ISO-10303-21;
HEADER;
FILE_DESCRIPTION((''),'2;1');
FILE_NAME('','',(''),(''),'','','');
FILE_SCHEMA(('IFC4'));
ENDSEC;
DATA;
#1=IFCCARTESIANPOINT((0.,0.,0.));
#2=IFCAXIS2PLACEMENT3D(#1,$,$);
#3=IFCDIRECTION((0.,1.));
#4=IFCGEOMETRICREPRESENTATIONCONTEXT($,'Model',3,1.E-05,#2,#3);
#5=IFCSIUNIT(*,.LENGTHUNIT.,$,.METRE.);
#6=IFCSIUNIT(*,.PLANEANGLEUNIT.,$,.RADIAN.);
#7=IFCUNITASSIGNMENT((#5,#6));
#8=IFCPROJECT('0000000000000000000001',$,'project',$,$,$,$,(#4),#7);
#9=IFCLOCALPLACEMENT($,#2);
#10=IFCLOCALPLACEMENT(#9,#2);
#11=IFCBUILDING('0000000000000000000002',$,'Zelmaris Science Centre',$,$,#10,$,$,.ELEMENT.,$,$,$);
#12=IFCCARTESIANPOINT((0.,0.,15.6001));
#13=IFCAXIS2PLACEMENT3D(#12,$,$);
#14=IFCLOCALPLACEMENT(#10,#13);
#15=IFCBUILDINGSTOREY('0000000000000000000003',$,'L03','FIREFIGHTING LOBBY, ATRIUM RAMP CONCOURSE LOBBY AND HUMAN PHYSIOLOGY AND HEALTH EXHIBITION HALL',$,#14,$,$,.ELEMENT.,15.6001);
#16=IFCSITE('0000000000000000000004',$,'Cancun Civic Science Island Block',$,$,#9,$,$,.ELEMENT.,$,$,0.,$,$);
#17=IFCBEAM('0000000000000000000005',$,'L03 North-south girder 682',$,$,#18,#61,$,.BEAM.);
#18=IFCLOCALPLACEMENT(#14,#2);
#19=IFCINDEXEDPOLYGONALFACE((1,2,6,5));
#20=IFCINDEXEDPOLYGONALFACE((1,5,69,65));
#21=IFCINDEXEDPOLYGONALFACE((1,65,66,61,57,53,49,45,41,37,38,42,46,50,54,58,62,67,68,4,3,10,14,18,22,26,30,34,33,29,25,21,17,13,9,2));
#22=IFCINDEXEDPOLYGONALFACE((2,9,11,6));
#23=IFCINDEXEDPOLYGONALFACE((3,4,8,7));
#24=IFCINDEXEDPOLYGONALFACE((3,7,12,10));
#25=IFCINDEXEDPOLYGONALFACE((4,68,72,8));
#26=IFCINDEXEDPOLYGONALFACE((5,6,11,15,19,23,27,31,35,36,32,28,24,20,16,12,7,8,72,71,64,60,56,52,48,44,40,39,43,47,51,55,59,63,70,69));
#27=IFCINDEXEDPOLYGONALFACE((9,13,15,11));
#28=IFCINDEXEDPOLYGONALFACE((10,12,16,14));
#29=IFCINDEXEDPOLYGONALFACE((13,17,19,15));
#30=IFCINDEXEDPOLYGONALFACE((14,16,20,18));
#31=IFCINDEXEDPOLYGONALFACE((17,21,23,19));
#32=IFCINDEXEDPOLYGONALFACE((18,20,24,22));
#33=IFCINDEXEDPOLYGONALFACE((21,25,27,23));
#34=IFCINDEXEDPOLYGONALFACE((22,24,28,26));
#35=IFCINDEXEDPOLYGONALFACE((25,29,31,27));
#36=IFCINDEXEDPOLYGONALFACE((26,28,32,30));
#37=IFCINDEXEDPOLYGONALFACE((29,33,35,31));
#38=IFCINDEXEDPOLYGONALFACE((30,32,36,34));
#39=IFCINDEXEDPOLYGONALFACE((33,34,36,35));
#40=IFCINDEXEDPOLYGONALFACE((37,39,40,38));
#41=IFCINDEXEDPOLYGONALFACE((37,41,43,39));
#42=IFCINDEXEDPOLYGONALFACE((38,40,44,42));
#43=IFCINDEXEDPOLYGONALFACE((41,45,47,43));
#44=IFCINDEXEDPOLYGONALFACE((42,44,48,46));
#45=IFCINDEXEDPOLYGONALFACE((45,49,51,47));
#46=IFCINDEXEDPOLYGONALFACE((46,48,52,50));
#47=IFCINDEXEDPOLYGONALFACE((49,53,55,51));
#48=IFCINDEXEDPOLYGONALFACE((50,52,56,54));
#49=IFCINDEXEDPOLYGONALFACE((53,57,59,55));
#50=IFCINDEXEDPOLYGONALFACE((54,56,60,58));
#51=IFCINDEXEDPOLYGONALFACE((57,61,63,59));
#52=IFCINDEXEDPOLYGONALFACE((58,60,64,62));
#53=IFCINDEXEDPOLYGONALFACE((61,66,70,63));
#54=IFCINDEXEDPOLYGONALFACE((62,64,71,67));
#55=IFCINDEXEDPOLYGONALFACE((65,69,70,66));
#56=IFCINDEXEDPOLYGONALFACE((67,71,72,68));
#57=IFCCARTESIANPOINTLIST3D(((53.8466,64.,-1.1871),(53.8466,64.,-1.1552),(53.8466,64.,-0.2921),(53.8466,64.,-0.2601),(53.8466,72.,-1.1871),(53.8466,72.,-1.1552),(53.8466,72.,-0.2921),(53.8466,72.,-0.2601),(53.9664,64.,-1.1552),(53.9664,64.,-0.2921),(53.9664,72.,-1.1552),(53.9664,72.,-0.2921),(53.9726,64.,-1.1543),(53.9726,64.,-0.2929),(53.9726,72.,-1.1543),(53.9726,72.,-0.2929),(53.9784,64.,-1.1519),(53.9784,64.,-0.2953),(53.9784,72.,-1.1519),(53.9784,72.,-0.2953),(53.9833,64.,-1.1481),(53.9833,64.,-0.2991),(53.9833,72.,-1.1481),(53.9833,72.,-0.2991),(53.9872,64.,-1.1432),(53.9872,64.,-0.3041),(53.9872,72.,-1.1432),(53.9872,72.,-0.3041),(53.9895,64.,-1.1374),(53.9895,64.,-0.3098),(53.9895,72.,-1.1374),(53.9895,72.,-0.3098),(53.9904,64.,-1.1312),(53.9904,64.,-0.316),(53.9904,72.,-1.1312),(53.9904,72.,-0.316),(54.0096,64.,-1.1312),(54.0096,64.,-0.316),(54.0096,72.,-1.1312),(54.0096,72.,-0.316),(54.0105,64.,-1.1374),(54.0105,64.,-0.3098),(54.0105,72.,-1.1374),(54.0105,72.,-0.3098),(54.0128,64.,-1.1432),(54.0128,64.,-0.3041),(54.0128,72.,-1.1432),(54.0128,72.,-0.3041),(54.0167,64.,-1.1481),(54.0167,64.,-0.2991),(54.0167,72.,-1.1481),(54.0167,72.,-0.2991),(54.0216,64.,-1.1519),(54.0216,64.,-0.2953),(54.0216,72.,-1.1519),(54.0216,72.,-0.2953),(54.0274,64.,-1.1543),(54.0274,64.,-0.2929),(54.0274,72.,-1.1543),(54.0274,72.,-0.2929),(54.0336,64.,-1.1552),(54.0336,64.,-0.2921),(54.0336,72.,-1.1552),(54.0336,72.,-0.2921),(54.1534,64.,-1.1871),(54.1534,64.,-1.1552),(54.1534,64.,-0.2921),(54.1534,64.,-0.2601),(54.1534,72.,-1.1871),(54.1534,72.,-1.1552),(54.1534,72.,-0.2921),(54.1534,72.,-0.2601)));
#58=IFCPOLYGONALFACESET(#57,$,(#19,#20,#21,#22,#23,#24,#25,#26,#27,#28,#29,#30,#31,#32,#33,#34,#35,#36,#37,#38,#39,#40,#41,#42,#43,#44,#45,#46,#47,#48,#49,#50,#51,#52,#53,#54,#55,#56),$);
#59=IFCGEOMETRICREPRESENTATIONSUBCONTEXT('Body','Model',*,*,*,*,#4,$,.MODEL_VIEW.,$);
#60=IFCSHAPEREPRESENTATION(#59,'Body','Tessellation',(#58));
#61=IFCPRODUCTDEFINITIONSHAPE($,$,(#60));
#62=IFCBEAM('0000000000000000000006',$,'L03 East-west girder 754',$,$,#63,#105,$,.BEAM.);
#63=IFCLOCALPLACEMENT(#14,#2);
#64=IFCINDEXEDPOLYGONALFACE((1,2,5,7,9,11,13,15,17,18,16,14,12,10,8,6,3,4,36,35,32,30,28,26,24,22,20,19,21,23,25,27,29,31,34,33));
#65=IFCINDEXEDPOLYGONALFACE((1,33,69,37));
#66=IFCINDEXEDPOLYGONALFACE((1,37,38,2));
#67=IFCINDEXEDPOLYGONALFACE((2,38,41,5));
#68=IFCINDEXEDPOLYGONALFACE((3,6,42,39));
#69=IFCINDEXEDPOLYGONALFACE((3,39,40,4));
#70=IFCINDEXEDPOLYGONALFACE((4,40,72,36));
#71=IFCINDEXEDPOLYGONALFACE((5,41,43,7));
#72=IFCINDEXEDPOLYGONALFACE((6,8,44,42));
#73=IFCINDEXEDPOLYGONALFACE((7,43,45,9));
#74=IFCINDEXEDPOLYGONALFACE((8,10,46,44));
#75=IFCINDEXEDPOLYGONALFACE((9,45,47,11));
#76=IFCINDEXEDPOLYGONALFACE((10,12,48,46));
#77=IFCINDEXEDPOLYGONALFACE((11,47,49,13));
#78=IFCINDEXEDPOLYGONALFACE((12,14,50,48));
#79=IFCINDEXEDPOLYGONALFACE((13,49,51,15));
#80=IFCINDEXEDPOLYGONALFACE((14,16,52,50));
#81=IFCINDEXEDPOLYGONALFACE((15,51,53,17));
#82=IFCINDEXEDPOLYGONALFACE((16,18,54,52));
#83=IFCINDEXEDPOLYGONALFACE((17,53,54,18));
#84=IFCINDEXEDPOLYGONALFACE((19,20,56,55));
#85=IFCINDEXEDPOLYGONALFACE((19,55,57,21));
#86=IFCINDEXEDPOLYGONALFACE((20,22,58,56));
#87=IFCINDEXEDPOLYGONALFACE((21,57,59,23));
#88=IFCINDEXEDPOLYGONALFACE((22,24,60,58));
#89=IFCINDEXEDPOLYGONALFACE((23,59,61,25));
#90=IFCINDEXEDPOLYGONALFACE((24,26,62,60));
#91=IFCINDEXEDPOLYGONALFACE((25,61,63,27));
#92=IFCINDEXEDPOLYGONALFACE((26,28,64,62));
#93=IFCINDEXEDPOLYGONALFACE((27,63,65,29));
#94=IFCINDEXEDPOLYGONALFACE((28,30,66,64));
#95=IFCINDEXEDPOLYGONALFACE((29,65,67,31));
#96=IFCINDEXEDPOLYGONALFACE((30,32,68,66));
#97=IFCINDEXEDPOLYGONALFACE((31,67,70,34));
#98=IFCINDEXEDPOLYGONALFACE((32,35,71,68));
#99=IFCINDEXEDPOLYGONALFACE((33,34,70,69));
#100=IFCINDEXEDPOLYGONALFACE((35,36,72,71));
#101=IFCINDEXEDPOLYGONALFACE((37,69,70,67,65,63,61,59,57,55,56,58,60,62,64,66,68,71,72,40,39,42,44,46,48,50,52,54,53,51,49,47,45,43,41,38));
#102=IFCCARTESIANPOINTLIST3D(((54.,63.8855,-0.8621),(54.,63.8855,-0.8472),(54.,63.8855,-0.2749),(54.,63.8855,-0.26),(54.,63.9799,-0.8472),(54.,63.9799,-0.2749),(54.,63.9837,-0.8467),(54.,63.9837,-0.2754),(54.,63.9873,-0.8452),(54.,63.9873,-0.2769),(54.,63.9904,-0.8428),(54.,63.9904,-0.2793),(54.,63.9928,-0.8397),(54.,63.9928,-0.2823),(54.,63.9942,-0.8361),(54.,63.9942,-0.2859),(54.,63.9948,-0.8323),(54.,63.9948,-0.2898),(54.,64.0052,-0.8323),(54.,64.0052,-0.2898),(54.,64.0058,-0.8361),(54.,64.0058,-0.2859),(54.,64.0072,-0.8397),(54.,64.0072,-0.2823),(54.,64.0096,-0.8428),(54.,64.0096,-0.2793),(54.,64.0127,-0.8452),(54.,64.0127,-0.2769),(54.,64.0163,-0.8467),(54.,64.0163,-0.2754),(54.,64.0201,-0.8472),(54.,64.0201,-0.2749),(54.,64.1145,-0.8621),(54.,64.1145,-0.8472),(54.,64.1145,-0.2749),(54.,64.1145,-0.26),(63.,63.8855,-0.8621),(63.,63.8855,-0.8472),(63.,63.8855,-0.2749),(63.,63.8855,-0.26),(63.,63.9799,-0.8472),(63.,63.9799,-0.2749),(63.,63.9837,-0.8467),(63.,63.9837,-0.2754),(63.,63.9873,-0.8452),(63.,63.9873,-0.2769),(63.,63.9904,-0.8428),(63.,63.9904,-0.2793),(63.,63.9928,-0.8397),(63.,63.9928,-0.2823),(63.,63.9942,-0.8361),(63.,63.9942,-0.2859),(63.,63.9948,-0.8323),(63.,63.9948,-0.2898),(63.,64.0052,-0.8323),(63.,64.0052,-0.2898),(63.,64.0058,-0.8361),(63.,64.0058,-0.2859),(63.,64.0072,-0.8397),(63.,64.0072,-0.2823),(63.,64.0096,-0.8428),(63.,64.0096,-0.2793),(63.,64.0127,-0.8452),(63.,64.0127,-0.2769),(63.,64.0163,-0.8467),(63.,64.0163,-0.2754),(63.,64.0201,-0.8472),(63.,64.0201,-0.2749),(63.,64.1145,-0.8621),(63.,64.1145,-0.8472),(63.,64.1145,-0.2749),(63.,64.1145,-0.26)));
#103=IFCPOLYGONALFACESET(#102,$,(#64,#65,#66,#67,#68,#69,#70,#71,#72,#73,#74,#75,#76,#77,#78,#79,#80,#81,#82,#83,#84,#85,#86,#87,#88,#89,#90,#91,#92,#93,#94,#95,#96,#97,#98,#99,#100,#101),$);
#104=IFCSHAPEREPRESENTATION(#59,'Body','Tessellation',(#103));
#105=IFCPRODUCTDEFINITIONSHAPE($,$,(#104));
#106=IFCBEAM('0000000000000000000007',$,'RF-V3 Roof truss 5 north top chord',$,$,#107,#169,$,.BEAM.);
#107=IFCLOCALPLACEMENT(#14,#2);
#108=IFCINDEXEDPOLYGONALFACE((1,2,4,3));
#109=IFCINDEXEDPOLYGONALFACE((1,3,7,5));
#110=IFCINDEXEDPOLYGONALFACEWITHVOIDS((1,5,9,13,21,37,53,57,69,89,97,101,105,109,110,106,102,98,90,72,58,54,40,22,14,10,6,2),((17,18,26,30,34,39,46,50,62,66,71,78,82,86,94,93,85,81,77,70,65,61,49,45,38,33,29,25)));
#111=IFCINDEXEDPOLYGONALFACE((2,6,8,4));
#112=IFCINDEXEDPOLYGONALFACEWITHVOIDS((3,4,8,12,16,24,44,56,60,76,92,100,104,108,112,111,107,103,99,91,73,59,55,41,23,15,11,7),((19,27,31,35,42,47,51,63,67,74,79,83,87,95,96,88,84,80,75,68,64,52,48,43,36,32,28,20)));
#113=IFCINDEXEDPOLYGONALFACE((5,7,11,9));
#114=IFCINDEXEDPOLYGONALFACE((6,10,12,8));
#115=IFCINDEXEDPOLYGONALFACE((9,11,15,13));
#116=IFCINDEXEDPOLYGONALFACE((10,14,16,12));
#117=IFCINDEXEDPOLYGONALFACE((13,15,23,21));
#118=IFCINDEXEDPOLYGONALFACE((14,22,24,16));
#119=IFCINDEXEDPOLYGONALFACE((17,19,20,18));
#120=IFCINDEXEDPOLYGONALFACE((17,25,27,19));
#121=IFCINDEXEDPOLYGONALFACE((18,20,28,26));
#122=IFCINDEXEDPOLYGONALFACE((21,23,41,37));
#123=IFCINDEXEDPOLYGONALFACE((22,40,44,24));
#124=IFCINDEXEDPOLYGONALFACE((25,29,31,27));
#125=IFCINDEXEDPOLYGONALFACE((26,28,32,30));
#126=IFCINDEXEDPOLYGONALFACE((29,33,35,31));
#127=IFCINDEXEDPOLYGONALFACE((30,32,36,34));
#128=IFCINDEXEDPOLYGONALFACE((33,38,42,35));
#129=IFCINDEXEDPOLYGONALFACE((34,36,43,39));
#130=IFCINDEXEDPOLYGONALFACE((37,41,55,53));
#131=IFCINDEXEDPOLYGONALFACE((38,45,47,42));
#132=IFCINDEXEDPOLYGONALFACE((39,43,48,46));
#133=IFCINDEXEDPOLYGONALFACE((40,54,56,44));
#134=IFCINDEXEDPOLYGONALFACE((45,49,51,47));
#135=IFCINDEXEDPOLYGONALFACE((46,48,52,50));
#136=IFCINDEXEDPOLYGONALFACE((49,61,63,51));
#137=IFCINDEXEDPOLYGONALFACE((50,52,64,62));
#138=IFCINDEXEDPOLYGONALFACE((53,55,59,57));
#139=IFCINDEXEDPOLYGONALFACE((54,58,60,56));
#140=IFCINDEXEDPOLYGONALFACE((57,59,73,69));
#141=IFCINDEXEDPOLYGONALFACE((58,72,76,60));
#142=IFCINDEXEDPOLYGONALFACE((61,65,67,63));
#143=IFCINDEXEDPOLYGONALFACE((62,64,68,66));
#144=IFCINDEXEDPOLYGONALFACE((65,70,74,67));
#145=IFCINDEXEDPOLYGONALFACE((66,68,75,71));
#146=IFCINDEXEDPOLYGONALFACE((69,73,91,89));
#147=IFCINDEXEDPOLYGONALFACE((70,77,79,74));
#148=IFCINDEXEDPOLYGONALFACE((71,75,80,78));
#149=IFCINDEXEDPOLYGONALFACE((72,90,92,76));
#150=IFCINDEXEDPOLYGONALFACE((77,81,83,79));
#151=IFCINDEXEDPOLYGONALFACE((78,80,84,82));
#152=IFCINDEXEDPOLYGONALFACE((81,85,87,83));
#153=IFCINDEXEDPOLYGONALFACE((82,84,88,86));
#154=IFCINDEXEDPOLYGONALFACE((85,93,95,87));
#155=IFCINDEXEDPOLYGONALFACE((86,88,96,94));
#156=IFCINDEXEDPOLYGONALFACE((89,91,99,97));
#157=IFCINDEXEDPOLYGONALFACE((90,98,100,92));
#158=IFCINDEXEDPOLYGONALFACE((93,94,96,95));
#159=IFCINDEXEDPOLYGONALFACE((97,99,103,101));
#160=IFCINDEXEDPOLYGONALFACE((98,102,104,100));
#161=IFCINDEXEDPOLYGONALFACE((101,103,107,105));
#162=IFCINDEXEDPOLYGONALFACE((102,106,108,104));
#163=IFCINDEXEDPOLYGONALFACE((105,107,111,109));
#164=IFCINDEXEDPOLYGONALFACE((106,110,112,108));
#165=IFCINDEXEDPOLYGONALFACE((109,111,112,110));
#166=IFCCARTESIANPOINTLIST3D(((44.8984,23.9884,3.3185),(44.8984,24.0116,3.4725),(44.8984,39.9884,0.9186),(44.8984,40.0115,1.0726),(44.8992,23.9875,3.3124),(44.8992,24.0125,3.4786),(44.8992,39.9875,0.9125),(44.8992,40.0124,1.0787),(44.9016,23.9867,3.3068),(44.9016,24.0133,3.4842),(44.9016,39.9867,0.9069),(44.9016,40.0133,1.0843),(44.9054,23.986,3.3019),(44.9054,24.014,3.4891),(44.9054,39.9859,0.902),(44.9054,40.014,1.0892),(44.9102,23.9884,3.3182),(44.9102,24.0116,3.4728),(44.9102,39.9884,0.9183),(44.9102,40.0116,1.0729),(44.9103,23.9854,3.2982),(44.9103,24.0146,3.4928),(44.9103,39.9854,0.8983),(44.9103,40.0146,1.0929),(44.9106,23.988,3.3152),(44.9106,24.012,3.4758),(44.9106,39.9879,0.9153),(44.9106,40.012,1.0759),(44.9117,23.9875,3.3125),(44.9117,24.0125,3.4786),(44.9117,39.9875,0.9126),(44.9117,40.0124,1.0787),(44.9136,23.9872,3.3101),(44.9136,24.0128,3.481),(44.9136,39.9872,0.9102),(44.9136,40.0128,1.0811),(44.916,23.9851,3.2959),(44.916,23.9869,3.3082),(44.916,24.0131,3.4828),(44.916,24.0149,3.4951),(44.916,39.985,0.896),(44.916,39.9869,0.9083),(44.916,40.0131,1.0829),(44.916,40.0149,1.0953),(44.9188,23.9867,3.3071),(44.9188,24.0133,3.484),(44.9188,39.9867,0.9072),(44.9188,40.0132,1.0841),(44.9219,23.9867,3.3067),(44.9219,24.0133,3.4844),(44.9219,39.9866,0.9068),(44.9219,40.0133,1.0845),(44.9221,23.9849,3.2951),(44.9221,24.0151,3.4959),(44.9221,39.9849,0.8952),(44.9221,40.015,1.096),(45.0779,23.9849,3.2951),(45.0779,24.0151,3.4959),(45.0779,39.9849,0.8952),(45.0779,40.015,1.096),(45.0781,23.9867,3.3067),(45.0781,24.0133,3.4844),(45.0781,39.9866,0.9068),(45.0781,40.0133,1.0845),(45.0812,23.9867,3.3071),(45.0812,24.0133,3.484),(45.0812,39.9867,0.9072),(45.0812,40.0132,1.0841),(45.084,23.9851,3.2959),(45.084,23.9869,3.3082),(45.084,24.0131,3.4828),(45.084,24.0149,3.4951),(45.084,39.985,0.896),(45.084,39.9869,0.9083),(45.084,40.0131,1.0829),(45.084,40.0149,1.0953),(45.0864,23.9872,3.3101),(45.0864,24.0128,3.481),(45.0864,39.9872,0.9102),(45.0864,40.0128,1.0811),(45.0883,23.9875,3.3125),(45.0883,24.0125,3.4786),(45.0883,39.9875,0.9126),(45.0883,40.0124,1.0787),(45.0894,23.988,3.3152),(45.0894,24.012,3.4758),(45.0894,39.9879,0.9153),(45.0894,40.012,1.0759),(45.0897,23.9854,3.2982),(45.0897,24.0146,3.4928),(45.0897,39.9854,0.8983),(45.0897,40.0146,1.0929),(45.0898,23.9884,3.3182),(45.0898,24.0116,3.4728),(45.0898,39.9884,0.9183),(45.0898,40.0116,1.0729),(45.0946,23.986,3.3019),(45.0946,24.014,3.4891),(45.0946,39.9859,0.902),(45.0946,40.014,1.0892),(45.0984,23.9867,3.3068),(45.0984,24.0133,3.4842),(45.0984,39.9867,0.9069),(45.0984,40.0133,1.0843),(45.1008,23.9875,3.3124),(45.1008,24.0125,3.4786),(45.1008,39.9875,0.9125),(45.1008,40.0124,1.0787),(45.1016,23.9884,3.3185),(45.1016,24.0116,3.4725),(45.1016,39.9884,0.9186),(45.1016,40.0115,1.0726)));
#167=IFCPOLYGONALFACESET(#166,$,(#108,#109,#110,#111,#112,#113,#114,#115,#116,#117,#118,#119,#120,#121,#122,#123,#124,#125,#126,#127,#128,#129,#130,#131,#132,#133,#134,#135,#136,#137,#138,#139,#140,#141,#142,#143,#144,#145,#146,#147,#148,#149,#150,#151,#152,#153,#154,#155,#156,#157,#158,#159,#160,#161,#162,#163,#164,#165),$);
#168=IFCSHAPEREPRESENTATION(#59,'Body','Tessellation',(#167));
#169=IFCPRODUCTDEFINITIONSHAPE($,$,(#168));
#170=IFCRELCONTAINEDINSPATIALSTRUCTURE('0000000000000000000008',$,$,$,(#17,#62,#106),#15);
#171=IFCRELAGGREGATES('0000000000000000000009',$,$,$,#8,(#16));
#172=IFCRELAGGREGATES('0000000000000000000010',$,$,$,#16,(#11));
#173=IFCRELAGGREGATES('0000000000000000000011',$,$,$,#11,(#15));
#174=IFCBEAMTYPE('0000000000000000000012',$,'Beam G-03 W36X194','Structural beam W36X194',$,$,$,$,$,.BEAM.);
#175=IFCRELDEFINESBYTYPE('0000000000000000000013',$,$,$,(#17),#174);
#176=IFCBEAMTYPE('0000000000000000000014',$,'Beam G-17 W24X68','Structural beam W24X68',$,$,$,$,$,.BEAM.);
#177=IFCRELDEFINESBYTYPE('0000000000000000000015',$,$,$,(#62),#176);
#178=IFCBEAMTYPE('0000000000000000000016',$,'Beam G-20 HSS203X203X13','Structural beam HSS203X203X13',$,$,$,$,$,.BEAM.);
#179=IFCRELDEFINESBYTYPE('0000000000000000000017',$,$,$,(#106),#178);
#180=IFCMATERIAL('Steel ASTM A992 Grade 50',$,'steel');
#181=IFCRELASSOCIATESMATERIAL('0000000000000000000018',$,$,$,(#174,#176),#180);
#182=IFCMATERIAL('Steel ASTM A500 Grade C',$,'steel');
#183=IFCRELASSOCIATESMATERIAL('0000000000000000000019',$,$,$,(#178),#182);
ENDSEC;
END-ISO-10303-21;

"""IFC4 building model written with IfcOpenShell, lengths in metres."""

from ifc_helpers import new_model, si_unit, direction, frame, origin, origin_2d, place, context, subcontext, project, spatial, hollow_rectangle, i_section, extrude, material, material_profile, profile_set, type_object, element, save


model = new_model("IFC4")

# Units and contexts
model_context = context("Model", 3, precision=1e-05, world=origin(), true_north=direction((0.0, 1.0)))
body_context = subcontext(model_context, "Body", "Model", "MODEL_VIEW")
ifc_project = project(units=[si_unit("LENGTHUNIT", "METRE"), si_unit("PLANEANGLEUNIT", "RADIAN")], contexts=[model_context])

# Site, building, storey
site_placement = place(None, origin())
site = spatial("IfcSite", under=ifc_project, at=site_placement, Name="Cancun Civic Science Island Block", CompositionType="ELEMENT", RefElevation=0.0)
building_placement = place(site_placement, origin())
building = spatial("IfcBuilding", under=site, at=building_placement, Name="Zelmaris Science Centre", CompositionType="ELEMENT")
storey_placement = place(building_placement, frame((0.0, 0.0, 15.6001)))
storey = spatial("IfcBuildingStorey", under=building, at=storey_placement, Name="L03", Description="FIREFIGHTING LOBBY, ATRIUM RAMP CONCOURSE LOBBY AND HUMAN PHYSIOLOGY AND HEALTH EXHIBITION HALL", CompositionType="ELEMENT", Elevation=15.6001)

# Shared definitions
ifc_material_1 = material(Name="Steel ASTM A992 Grade 50", Category="steel")

# Beams
ifc_material_profile_1 = material_profile(ifc_material_1, i_section(OverallWidth=0.3069, OverallDepth=0.927, WebThickness=0.0193, FlangeThickness=0.032, FilletRadius=0.0239, at=origin_2d()), Name="W36X194")
ifc_profile_set_1 = profile_set([ifc_material_profile_1], Name="Steel ASTM A992 Grade 50")
beam_type_1 = type_object("IfcBeamType", Name="Beam G-03 W36X194", Description="Structural beam W36X194", PredefinedType="BEAM", material=ifc_profile_set_1)
beam_1_placement = place(storey_placement, frame((54.0, 64.0, -0.7236), z_axis=(0.0, 1.0, 0.0), x_axis=(-1.0, 0.0, 0.0)))
element("IfcBeam", 1, at=beam_1_placement, inside=storey, type_object=beam_type_1, Name="L03 North-south girder 682", PredefinedType="BEAM", context=body_context, shape_type="SweptSolid", body=[
    extrude(i_section(OverallWidth=0.3069, OverallDepth=0.927, WebThickness=0.0193, FlangeThickness=0.032, FilletRadius=0.0239, at=origin_2d()), origin(), (0.0, 0.0, 1.0), 8.0),
])
ifc_material_profile_2 = material_profile(ifc_material_1, i_section(OverallWidth=0.229, OverallDepth=0.6021, WebThickness=0.0105, FlangeThickness=0.0149, FilletRadius=0.0149, at=origin_2d()), Name="W24X68")
ifc_profile_set_2 = profile_set([ifc_material_profile_2], Name="Steel ASTM A992 Grade 50")
beam_type_2 = type_object("IfcBeamType", Name="Beam G-17 W24X68", Description="Structural beam W24X68", PredefinedType="BEAM", material=ifc_profile_set_2)
beam_2_placement = place(storey_placement, frame((54.0, 64.0, -0.561), z_axis=(1.0, 0.0, 0.0), x_axis=(0.0, 1.0, 0.0)))
element("IfcBeam", 2, at=beam_2_placement, inside=storey, type_object=beam_type_2, Name="L03 East-west girder 754", PredefinedType="BEAM", context=body_context, shape_type="SweptSolid", body=[
    extrude(i_section(OverallWidth=0.229, OverallDepth=0.6021, WebThickness=0.0105, FlangeThickness=0.0149, FilletRadius=0.0149, at=origin_2d()), origin(), (0.0, 0.0, 1.0), 9.0),
])
ifc_material_2 = material(Name="Steel ASTM A500 Grade C", Category="steel")
ifc_material_profile_3 = material_profile(ifc_material_2, hollow_rectangle(XDim=0.2031, YDim=0.2031, WallThickness=0.0117, InnerFilletRadius=0.0117, OuterFilletRadius=0.0237, at=origin_2d()), Name="HSS203X203X13")
ifc_profile_set_3 = profile_set([ifc_material_profile_3], Name="Steel ASTM A500 Grade C")
beam_type_3 = type_object("IfcBeamType", Name="Beam G-20 HSS203X203X13", Description="Structural beam HSS203X203X13", PredefinedType="BEAM", material=ifc_profile_set_3)
for number, where, z_axis, x_axis, name in (
    (3, (45.0, 24.0, 3.3955), (0.0, 0.988937, -0.148335), (-1.0, 0.0, 0.0), "RF-V3 Roof truss 5 north top chord"),
):
    element("IfcBeam", number, at=place(storey_placement, frame(where, z_axis=z_axis, x_axis=x_axis)), inside=storey, type_object=beam_type_3, Name=name, PredefinedType="BEAM", context=body_context, shape_type="SweptSolid", body=[
        extrude(hollow_rectangle(XDim=0.2031, YDim=0.2031, WallThickness=0.0117, InnerFilletRadius=0.0117, OuterFilletRadius=0.0237, at=origin_2d()), origin(), (0.0, 0.0, 1.0), 16.179),
    ])

save(model, "model.ifc")
